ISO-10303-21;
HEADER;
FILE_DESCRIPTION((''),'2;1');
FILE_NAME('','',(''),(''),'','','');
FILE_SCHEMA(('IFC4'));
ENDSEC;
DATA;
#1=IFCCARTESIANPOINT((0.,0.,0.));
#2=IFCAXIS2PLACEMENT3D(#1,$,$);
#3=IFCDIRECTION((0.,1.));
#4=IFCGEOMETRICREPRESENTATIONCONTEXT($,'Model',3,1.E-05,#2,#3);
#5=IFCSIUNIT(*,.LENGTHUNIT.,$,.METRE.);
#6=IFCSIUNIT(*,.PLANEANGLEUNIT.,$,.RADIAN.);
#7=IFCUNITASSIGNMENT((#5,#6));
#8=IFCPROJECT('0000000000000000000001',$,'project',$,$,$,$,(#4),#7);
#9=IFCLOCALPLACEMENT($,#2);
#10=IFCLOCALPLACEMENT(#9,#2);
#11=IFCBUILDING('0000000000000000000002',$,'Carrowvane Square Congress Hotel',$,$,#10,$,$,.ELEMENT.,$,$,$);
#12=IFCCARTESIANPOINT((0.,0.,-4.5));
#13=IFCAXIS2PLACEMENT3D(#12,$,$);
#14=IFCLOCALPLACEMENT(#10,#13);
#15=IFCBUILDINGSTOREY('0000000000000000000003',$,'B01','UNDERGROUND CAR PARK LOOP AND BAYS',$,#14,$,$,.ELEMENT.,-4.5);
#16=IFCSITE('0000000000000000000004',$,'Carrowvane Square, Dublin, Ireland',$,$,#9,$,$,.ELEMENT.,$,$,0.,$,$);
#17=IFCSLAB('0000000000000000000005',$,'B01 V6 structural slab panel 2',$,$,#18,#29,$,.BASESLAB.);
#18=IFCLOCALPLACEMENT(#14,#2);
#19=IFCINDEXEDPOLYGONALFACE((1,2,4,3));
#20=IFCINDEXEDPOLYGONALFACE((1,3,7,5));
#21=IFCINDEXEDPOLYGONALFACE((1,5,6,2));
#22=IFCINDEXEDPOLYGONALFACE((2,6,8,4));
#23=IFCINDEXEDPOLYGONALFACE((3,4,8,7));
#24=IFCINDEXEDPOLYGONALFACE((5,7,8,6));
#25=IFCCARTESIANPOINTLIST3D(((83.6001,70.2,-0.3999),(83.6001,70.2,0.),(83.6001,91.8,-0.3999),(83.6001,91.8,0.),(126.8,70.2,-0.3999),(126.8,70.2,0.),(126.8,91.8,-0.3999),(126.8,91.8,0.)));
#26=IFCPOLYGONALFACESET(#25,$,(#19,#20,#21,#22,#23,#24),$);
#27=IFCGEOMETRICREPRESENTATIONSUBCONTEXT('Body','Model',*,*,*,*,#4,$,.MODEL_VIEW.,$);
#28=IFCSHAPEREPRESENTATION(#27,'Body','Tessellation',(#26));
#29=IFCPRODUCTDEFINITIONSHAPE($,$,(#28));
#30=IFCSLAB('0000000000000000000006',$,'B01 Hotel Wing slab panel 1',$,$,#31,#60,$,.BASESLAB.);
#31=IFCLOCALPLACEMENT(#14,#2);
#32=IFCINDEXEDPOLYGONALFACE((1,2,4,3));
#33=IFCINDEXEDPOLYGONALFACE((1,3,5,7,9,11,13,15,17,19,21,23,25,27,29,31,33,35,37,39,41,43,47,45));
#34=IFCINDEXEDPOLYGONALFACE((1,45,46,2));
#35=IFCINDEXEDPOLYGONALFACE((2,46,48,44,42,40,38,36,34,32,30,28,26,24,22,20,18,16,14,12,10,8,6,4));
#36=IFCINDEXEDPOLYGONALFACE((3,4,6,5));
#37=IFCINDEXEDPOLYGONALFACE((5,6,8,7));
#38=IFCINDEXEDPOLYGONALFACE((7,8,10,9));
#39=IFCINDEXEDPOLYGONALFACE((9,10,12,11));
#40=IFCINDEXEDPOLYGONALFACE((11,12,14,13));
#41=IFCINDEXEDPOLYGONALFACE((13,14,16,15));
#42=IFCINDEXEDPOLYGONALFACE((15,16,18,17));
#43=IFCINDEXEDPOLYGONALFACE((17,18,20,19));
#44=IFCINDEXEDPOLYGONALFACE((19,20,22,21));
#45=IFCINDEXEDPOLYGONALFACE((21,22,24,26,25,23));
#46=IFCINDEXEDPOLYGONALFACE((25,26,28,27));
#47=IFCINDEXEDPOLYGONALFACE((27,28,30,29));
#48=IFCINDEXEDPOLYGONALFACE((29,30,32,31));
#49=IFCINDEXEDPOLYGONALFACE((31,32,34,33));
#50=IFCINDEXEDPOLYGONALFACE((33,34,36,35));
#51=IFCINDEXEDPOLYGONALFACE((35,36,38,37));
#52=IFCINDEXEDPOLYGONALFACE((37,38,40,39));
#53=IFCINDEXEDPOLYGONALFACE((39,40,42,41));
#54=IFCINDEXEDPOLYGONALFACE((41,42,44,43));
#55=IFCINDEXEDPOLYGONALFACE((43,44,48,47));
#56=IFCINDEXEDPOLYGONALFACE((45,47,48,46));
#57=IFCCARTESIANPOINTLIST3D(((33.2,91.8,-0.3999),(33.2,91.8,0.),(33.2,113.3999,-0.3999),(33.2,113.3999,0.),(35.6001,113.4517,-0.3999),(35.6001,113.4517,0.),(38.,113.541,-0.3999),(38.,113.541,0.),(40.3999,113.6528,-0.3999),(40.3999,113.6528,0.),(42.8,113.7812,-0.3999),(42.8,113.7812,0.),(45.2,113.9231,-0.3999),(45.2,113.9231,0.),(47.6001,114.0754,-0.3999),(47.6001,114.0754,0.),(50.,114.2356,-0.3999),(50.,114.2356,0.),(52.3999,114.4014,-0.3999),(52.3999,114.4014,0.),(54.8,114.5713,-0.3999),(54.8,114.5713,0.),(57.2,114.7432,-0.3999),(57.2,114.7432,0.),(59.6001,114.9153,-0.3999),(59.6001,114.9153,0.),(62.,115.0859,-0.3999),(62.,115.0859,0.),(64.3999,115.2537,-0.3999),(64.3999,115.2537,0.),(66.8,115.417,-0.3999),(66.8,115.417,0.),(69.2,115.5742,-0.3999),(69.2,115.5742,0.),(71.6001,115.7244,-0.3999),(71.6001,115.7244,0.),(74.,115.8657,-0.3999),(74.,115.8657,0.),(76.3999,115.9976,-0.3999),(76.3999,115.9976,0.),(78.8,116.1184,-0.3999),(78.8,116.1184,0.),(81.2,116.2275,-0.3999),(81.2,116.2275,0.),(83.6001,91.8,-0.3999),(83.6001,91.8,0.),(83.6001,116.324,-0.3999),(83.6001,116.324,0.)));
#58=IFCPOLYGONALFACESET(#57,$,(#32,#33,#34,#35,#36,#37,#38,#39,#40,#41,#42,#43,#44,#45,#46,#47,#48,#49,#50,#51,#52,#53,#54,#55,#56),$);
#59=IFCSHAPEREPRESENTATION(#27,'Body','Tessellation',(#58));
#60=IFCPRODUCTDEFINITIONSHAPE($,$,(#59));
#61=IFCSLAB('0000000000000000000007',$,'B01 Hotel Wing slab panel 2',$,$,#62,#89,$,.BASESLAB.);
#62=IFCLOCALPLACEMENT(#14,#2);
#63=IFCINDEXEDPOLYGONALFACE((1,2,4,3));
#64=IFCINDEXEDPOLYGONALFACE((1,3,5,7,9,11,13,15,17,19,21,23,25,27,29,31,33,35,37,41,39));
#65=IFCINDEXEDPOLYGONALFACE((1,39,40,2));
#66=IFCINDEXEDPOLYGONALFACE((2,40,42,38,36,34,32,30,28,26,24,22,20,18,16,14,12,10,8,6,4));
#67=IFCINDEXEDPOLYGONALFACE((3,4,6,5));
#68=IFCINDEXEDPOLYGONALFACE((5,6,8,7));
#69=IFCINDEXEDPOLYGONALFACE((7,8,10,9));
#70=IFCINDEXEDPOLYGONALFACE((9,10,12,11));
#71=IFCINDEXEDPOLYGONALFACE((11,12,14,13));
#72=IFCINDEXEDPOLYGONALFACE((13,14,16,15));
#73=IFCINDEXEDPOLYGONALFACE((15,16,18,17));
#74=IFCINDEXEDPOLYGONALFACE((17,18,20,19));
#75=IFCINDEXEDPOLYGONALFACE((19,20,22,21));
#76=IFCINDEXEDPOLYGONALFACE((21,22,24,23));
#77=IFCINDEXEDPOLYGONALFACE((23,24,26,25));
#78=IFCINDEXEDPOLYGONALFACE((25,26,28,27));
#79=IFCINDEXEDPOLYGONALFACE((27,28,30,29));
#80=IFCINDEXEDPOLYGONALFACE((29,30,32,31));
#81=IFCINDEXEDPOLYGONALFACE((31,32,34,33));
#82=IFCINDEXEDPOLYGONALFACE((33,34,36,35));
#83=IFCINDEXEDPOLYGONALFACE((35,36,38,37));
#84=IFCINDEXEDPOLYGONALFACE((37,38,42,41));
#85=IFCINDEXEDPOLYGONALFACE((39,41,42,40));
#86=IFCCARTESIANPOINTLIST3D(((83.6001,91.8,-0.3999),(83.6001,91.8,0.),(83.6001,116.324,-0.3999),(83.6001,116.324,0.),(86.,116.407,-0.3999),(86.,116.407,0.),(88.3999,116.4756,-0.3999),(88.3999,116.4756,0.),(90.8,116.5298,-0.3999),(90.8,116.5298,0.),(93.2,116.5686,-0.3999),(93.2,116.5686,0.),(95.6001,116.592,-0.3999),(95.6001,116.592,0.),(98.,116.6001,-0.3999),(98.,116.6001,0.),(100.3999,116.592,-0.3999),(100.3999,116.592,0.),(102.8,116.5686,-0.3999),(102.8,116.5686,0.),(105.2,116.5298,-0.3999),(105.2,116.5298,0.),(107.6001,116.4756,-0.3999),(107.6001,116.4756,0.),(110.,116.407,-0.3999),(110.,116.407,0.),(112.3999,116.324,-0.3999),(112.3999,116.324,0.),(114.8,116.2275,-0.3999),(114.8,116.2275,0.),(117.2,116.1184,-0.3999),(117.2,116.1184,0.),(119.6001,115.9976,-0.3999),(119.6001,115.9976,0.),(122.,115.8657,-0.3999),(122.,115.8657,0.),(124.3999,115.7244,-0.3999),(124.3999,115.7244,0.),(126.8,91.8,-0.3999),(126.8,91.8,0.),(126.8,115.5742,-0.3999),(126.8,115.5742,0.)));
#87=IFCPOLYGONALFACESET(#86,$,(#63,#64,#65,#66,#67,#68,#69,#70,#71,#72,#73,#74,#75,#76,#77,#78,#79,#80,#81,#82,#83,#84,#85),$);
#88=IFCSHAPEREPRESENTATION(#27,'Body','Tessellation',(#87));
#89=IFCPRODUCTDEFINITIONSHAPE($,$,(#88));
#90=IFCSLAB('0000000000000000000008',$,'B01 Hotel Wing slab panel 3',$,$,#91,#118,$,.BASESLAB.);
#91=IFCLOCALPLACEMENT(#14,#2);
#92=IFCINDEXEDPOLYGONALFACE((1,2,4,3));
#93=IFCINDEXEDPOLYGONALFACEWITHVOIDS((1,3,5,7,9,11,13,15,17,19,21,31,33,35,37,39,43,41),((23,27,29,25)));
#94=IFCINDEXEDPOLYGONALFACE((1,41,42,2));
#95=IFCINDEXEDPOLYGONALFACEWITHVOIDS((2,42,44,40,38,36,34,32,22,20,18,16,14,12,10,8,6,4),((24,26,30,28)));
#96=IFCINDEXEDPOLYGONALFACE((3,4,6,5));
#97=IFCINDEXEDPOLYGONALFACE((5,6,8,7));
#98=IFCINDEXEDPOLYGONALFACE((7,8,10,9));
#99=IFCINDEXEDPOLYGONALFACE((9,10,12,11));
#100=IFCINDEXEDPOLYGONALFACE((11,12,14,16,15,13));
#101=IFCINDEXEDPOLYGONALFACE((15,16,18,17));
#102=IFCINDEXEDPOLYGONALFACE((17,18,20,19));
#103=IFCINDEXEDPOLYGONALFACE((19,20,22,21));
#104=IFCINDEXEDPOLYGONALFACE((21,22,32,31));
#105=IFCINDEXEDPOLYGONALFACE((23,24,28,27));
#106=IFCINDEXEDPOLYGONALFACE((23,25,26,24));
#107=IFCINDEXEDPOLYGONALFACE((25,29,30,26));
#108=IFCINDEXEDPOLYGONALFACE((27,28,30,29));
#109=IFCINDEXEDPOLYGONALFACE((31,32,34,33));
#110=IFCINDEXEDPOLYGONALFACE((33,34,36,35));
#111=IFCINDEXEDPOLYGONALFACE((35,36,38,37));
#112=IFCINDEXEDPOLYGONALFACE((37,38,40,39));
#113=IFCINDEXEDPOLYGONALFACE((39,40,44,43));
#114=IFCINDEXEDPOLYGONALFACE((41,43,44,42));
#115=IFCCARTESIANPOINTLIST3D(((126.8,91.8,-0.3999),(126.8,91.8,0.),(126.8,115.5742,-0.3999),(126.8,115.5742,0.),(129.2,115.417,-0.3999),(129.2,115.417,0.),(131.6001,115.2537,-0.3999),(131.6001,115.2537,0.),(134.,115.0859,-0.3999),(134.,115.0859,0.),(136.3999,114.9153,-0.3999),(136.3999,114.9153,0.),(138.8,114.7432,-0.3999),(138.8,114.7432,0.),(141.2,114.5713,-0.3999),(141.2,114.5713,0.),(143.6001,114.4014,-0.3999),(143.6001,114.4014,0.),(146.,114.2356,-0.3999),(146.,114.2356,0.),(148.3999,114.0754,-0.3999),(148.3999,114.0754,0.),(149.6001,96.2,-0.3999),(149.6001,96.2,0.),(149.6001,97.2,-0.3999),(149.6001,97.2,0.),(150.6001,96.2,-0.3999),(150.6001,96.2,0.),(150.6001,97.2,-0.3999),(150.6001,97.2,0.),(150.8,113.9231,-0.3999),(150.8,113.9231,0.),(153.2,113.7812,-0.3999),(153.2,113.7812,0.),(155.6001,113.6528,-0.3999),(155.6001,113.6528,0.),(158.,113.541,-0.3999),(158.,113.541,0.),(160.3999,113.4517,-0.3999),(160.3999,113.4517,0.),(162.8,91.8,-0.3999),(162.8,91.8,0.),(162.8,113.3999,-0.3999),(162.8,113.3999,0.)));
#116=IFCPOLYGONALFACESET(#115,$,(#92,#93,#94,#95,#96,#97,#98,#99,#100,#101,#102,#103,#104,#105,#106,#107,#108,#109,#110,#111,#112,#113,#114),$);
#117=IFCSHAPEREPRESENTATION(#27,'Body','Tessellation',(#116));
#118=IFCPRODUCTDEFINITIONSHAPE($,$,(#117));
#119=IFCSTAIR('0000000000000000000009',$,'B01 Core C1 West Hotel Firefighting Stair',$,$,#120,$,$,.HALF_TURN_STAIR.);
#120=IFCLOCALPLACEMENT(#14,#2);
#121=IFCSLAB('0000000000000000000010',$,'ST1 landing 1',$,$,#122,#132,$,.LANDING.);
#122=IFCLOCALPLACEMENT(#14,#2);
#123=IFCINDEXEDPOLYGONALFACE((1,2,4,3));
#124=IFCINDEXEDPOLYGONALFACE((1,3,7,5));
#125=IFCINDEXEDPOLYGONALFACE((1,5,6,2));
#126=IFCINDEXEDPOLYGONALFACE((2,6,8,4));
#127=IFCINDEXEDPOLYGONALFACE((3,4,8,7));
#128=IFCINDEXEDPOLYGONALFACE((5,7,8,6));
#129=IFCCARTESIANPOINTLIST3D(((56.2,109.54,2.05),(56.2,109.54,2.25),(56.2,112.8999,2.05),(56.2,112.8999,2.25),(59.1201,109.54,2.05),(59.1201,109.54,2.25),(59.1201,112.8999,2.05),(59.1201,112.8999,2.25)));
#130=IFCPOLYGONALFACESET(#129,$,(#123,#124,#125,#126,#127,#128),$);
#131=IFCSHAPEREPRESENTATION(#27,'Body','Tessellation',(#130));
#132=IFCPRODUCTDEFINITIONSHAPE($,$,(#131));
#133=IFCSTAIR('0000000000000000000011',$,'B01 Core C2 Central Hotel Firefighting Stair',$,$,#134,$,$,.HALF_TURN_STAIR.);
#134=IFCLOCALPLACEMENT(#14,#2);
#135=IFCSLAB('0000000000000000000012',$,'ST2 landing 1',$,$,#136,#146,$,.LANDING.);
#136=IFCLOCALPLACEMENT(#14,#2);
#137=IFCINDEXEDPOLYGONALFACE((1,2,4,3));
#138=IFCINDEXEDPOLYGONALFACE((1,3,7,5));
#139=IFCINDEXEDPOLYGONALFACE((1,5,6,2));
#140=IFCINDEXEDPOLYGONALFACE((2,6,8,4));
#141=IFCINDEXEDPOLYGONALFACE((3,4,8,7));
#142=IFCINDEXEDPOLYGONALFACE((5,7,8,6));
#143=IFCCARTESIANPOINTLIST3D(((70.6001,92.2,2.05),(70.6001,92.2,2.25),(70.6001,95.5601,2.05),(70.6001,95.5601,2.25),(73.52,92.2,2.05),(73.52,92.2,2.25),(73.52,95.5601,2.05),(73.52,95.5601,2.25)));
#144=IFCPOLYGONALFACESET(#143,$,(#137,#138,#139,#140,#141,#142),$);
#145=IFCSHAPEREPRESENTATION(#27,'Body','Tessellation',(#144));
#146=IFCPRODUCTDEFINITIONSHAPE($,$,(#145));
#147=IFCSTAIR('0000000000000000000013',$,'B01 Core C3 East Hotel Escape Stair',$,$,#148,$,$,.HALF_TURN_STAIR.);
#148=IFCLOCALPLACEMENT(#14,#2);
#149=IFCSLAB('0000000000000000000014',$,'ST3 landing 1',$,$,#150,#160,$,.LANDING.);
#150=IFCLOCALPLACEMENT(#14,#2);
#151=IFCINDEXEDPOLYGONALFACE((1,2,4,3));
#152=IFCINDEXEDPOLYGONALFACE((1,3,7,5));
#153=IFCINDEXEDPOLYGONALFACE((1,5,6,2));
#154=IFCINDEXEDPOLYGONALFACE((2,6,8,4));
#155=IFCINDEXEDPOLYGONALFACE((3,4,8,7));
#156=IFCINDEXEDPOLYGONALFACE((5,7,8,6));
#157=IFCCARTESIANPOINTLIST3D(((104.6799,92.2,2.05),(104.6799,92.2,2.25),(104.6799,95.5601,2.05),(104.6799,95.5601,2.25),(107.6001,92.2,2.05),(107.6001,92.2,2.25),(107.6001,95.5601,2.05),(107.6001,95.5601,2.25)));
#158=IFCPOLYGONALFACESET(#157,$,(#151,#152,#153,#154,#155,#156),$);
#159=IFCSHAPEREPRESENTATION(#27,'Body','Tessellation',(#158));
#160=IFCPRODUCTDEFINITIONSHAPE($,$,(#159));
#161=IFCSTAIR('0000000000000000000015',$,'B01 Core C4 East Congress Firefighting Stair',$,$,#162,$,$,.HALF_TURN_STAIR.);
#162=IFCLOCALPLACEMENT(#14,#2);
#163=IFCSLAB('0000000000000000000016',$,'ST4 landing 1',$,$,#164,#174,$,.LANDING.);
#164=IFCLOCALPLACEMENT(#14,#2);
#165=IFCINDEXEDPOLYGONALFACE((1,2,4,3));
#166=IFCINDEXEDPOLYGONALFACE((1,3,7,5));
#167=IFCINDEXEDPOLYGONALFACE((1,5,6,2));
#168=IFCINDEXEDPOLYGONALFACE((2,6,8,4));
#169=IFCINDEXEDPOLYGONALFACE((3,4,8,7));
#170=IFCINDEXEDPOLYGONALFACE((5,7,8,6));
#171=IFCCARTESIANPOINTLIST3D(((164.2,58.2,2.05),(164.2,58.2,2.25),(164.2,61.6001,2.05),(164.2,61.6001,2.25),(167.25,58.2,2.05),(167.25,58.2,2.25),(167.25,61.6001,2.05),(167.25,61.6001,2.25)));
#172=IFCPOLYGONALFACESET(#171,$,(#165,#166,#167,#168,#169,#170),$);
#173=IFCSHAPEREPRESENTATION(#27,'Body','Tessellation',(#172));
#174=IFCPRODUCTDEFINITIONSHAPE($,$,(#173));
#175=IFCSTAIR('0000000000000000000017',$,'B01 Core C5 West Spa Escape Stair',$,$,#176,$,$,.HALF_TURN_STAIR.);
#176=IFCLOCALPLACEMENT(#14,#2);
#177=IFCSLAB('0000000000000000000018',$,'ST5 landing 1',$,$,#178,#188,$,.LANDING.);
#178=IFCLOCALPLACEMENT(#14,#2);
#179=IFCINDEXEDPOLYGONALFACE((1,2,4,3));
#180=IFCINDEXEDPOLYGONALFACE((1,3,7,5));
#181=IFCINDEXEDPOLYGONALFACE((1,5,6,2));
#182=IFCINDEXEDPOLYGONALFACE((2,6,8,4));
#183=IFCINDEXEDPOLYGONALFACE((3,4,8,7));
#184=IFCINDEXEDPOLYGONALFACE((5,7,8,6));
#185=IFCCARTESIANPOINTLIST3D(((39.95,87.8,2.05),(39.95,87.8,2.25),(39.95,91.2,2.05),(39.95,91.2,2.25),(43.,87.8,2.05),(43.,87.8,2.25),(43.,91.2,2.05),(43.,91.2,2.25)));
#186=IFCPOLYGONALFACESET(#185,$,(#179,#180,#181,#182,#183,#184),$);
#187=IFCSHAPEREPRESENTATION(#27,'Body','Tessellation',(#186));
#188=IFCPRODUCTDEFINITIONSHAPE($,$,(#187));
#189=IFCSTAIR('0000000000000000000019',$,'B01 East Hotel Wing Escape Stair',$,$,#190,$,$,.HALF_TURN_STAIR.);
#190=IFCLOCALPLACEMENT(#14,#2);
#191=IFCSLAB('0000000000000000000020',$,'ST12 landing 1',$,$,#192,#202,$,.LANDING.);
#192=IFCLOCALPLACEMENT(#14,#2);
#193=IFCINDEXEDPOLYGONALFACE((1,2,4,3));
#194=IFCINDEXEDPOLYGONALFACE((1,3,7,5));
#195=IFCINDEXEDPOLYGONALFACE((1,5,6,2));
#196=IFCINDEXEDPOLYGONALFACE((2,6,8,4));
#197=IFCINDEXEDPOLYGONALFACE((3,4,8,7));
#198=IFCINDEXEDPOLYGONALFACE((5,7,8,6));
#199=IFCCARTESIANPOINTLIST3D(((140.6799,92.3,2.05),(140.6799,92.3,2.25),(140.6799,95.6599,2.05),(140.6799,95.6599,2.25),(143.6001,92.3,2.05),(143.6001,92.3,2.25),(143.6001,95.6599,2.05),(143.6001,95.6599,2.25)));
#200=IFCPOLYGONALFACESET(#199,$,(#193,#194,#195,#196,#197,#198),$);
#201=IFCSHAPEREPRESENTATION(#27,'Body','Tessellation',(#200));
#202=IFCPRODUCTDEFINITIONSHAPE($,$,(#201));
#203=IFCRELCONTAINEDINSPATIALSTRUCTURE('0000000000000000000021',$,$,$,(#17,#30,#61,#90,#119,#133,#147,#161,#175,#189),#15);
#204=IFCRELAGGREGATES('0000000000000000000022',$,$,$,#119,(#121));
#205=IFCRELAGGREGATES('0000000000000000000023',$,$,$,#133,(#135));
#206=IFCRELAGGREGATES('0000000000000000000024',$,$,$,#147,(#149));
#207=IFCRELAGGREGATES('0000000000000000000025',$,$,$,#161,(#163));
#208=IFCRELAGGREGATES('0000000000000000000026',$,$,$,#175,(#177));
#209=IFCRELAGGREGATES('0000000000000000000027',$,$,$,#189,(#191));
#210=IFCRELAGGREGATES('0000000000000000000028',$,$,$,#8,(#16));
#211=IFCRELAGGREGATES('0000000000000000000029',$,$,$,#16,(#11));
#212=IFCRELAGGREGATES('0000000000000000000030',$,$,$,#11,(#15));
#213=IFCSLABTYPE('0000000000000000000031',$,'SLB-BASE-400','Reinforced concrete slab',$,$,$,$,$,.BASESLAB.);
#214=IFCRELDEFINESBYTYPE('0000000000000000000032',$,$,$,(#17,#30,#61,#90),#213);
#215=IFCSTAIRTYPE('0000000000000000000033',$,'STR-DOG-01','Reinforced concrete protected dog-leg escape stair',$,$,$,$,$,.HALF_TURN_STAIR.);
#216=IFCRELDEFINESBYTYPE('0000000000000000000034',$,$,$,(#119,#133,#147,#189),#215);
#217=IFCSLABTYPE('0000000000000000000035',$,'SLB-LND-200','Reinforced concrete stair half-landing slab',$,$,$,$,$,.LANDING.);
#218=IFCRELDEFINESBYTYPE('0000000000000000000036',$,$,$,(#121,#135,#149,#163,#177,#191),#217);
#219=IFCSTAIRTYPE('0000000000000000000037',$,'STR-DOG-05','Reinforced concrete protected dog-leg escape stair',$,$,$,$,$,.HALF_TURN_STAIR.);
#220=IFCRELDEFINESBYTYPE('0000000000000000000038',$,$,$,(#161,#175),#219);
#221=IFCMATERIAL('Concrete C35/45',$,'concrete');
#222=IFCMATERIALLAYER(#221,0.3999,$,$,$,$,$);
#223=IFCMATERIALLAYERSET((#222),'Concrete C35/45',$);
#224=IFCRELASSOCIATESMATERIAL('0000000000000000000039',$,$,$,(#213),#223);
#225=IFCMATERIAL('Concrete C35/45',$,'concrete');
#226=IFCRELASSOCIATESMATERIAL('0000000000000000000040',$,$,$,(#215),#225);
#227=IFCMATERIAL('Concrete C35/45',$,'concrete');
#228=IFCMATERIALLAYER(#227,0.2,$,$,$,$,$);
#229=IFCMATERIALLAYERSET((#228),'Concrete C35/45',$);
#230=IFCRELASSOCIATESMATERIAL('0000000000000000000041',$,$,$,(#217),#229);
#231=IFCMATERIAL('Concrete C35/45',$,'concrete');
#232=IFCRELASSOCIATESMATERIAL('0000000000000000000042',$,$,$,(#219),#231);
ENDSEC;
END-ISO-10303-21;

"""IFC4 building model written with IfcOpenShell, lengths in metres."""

from ifc_helpers import new_model, si_unit, direction, frame, origin, place, context, subcontext, project, spatial, polyline, outline, extrude, material, layer, layer_set, type_object, element, aggregate, save


model = new_model("IFC4")

# Units and contexts
model_context = context("Model", 3, precision=1e-05, world=origin(), true_north=direction((0.0, 1.0)))
body_context = subcontext(model_context, "Body", "Model", "MODEL_VIEW")
ifc_project = project(units=[si_unit("LENGTHUNIT", "METRE"), si_unit("PLANEANGLEUNIT", "RADIAN")], contexts=[model_context])

# Site, building, storey
site_placement = place(None, origin())
site = spatial("IfcSite", under=ifc_project, at=site_placement, Name="Carrowvane Square, Dublin, Ireland", CompositionType="ELEMENT", RefElevation=0.0)
building_placement = place(site_placement, origin())
building = spatial("IfcBuilding", under=site, at=building_placement, Name="Carrowvane Square Congress Hotel", CompositionType="ELEMENT")
storey_placement = place(building_placement, frame((0.0, 0.0, -4.5)))
storey = spatial("IfcBuildingStorey", under=building, at=storey_placement, Name="B01", Description="UNDERGROUND CAR PARK LOOP AND BAYS", CompositionType="ELEMENT", Elevation=-4.5)

# Slabs
ifc_material_1 = material(Name="Concrete C35/45", Category="concrete")
ifc_layer_1 = layer(ifc_material_1, 0.3999)
ifc_layer_set_1 = layer_set([ifc_layer_1], Name="Concrete C35/45")
slab_type_1 = type_object("IfcSlabType", Name="SLB-BASE-400", Description="Reinforced concrete slab", PredefinedType="BASESLAB", material=ifc_layer_set_1)
slab_1_placement = place(storey_placement, frame((0.0, 0.0, -0.3999)))
element("IfcSlab", 1, at=slab_1_placement, inside=storey, type_object=slab_type_1, Name="B01 V6 structural slab panel 2", PredefinedType="BASESLAB", context=body_context, shape_type="SweptSolid", body=[
    extrude(outline(polyline([(83.6001, 70.2), (126.8, 70.2), (126.8, 91.8), (83.6001, 91.8), (83.6001, 70.2)])), origin(), (0.0, 0.0, 1.0), 0.3999),
])
slab_2_placement = place(storey_placement, frame((0.0, 0.0, -0.3999)))
element("IfcSlab", 2, at=slab_2_placement, inside=storey, type_object=slab_type_1, Name="B01 Hotel Wing slab panel 1", PredefinedType="BASESLAB", context=body_context, shape_type="SweptSolid", body=[
    extrude(outline(polyline([(33.2, 91.8), (83.6001, 91.8), (83.6001, 116.324), (81.2, 116.2275), (78.8, 116.1184), (76.3999, 115.9976), (74.0, 115.8657), (71.6001, 115.7244), (69.2, 115.5742), (66.8, 115.417), (64.3999, 115.2537), (62.0, 115.0859), (59.6001, 114.9153), (57.2, 114.7432), (54.8, 114.5713), (52.3999, 114.4014), (50.0, 114.2356), (47.6001, 114.0754), (45.2, 113.9231), (42.8, 113.7812), (40.3999, 113.6528), (38.0, 113.541), (35.6001, 113.4517), (33.2, 113.3999), (33.2, 91.8)])), origin(), (0.0, 0.0, 1.0), 0.3999),
])
slab_3_placement = place(storey_placement, frame((0.0, 0.0, -0.3999)))
element("IfcSlab", 3, at=slab_3_placement, inside=storey, type_object=slab_type_1, Name="B01 Hotel Wing slab panel 2", PredefinedType="BASESLAB", context=body_context, shape_type="SweptSolid", body=[
    extrude(outline(polyline([(83.6001, 91.8), (126.8, 91.8), (126.8, 115.5742), (124.3999, 115.7244), (122.0, 115.8657), (119.6001, 115.9976), (117.2, 116.1184), (114.8, 116.2275), (112.3999, 116.324), (110.0, 116.407), (107.6001, 116.4756), (105.2, 116.5298), (102.8, 116.5686), (100.3999, 116.592), (98.0, 116.6001), (95.6001, 116.592), (93.2, 116.5686), (90.8, 116.5298), (88.3999, 116.4756), (86.0, 116.407), (83.6001, 116.324), (83.6001, 91.8)])), origin(), (0.0, 0.0, 1.0), 0.3999),
])
slab_4_placement = place(storey_placement, frame((0.0, 0.0, -0.3999)))
element("IfcSlab", 4, at=slab_4_placement, inside=storey, type_object=slab_type_1, Name="B01 Hotel Wing slab panel 3", PredefinedType="BASESLAB", context=body_context, shape_type="SweptSolid", body=[
    extrude(outline(polyline([(126.8, 91.8), (162.8, 91.8), (162.8, 113.3999), (160.3999, 113.4517), (158.0, 113.541), (155.6001, 113.6528), (153.2, 113.7812), (150.8, 113.9231), (148.3999, 114.0754), (146.0, 114.2356), (143.6001, 114.4014), (141.2, 114.5713), (138.8, 114.7432), (136.3999, 114.9153), (134.0, 115.0859), (131.6001, 115.2537), (129.2, 115.417), (126.8, 115.5742), (126.8, 91.8)]), holes=[polyline([(149.6001, 96.2), (150.6001, 96.2), (150.6001, 97.2), (149.6001, 97.2), (149.6001, 96.2)])]), origin(), (0.0, 0.0, 1.0), 0.3999),
])

# Stairs, slabs
ifc_material_2 = material(Name="Concrete C35/45", Category="concrete")
stair_type_1 = type_object("IfcStairType", Name="STR-DOG-01", Description="Reinforced concrete protected dog-leg escape stair", PredefinedType="HALF_TURN_STAIR", material=ifc_material_2)
stair_1_placement = place(storey_placement, origin())
stair_1 = element("IfcStair", 5, at=stair_1_placement, inside=storey, type_object=stair_type_1, Name="B01 Core C1 West Hotel Firefighting Stair", PredefinedType="HALF_TURN_STAIR")
ifc_material_3 = material(Name="Concrete C35/45", Category="concrete")
ifc_layer_2 = layer(ifc_material_3, 0.2)
ifc_layer_set_2 = layer_set([ifc_layer_2], Name="Concrete C35/45")
slab_type_2 = type_object("IfcSlabType", Name="SLB-LND-200", Description="Reinforced concrete stair half-landing slab", PredefinedType="LANDING", material=ifc_layer_set_2)
slab_5_placement = place(storey_placement, frame((0.0, 0.0, 2.05)))
slab_5 = element("IfcSlab", 6, at=slab_5_placement, type_object=slab_type_2, Name="ST1 landing 1", PredefinedType="LANDING", context=body_context, shape_type="SweptSolid", body=[
    extrude(outline(polyline([(59.1201, 112.8999), (56.2, 112.8999), (56.2, 109.54), (59.1201, 109.54), (59.1201, 112.8999)])), origin(), (0.0, 0.0, 1.0), 0.2),
])
aggregate(stair_1, [slab_5])
stair_2_placement = place(storey_placement, origin())
stair_2 = element("IfcStair", 7, at=stair_2_placement, inside=storey, type_object=stair_type_1, Name="B01 Core C2 Central Hotel Firefighting Stair", PredefinedType="HALF_TURN_STAIR")
slab_6_placement = place(storey_placement, frame((0.0, 0.0, 2.05)))
slab_6 = element("IfcSlab", 8, at=slab_6_placement, type_object=slab_type_2, Name="ST2 landing 1", PredefinedType="LANDING", context=body_context, shape_type="SweptSolid", body=[
    extrude(outline(polyline([(73.52, 95.5601), (70.6001, 95.5601), (70.6001, 92.2), (73.52, 92.2), (73.52, 95.5601)])), origin(), (0.0, 0.0, 1.0), 0.2),
])
aggregate(stair_2, [slab_6])
stair_3_placement = place(storey_placement, origin())
stair_3 = element("IfcStair", 9, at=stair_3_placement, inside=storey, type_object=stair_type_1, Name="B01 Core C3 East Hotel Escape Stair", PredefinedType="HALF_TURN_STAIR")
slab_7_placement = place(storey_placement, frame((0.0, 0.0, 2.05)))
slab_7 = element("IfcSlab", 10, at=slab_7_placement, type_object=slab_type_2, Name="ST3 landing 1", PredefinedType="LANDING", context=body_context, shape_type="SweptSolid", body=[
    extrude(outline(polyline([(104.6799, 92.2), (107.6001, 92.2), (107.6001, 95.5601), (104.6799, 95.5601), (104.6799, 92.2)])), origin(), (0.0, 0.0, 1.0), 0.2),
])
aggregate(stair_3, [slab_7])
ifc_material_4 = material(Name="Concrete C35/45", Category="concrete")
stair_type_2 = type_object("IfcStairType", Name="STR-DOG-05", Description="Reinforced concrete protected dog-leg escape stair", PredefinedType="HALF_TURN_STAIR", material=ifc_material_4)
stair_4_placement = place(storey_placement, origin())
stair_4 = element("IfcStair", 11, at=stair_4_placement, inside=storey, type_object=stair_type_2, Name="B01 Core C4 East Congress Firefighting Stair", PredefinedType="HALF_TURN_STAIR")
slab_8_placement = place(storey_placement, frame((0.0, 0.0, 2.05)))
slab_8 = element("IfcSlab", 12, at=slab_8_placement, type_object=slab_type_2, Name="ST4 landing 1", PredefinedType="LANDING", context=body_context, shape_type="SweptSolid", body=[
    extrude(outline(polyline([(167.25, 61.6001), (164.2, 61.6001), (164.2, 58.2), (167.25, 58.2), (167.25, 61.6001)])), origin(), (0.0, 0.0, 1.0), 0.2),
])
aggregate(stair_4, [slab_8])
stair_5_placement = place(storey_placement, origin())
stair_5 = element("IfcStair", 13, at=stair_5_placement, inside=storey, type_object=stair_type_2, Name="B01 Core C5 West Spa Escape Stair", PredefinedType="HALF_TURN_STAIR")
slab_9_placement = place(storey_placement, frame((0.0, 0.0, 2.05)))
slab_9 = element("IfcSlab", 14, at=slab_9_placement, type_object=slab_type_2, Name="ST5 landing 1", PredefinedType="LANDING", context=body_context, shape_type="SweptSolid", body=[
    extrude(outline(polyline([(39.95, 87.8), (43.0, 87.8), (43.0, 91.2), (39.95, 91.2), (39.95, 87.8)])), origin(), (0.0, 0.0, 1.0), 0.2),
])
aggregate(stair_5, [slab_9])
stair_6_placement = place(storey_placement, origin())
stair_6 = element("IfcStair", 15, at=stair_6_placement, inside=storey, type_object=stair_type_1, Name="B01 East Hotel Wing Escape Stair", PredefinedType="HALF_TURN_STAIR")
slab_10_placement = place(storey_placement, frame((0.0, 0.0, 2.05)))
slab_10 = element("IfcSlab", 16, at=slab_10_placement, type_object=slab_type_2, Name="ST12 landing 1", PredefinedType="LANDING", context=body_context, shape_type="SweptSolid", body=[
    extrude(outline(polyline([(140.6799, 92.3), (143.6001, 92.3), (143.6001, 95.6599), (140.6799, 95.6599), (140.6799, 92.3)])), origin(), (0.0, 0.0, 1.0), 0.2),
])
aggregate(stair_6, [slab_10])

save(model, "model.ifc")
